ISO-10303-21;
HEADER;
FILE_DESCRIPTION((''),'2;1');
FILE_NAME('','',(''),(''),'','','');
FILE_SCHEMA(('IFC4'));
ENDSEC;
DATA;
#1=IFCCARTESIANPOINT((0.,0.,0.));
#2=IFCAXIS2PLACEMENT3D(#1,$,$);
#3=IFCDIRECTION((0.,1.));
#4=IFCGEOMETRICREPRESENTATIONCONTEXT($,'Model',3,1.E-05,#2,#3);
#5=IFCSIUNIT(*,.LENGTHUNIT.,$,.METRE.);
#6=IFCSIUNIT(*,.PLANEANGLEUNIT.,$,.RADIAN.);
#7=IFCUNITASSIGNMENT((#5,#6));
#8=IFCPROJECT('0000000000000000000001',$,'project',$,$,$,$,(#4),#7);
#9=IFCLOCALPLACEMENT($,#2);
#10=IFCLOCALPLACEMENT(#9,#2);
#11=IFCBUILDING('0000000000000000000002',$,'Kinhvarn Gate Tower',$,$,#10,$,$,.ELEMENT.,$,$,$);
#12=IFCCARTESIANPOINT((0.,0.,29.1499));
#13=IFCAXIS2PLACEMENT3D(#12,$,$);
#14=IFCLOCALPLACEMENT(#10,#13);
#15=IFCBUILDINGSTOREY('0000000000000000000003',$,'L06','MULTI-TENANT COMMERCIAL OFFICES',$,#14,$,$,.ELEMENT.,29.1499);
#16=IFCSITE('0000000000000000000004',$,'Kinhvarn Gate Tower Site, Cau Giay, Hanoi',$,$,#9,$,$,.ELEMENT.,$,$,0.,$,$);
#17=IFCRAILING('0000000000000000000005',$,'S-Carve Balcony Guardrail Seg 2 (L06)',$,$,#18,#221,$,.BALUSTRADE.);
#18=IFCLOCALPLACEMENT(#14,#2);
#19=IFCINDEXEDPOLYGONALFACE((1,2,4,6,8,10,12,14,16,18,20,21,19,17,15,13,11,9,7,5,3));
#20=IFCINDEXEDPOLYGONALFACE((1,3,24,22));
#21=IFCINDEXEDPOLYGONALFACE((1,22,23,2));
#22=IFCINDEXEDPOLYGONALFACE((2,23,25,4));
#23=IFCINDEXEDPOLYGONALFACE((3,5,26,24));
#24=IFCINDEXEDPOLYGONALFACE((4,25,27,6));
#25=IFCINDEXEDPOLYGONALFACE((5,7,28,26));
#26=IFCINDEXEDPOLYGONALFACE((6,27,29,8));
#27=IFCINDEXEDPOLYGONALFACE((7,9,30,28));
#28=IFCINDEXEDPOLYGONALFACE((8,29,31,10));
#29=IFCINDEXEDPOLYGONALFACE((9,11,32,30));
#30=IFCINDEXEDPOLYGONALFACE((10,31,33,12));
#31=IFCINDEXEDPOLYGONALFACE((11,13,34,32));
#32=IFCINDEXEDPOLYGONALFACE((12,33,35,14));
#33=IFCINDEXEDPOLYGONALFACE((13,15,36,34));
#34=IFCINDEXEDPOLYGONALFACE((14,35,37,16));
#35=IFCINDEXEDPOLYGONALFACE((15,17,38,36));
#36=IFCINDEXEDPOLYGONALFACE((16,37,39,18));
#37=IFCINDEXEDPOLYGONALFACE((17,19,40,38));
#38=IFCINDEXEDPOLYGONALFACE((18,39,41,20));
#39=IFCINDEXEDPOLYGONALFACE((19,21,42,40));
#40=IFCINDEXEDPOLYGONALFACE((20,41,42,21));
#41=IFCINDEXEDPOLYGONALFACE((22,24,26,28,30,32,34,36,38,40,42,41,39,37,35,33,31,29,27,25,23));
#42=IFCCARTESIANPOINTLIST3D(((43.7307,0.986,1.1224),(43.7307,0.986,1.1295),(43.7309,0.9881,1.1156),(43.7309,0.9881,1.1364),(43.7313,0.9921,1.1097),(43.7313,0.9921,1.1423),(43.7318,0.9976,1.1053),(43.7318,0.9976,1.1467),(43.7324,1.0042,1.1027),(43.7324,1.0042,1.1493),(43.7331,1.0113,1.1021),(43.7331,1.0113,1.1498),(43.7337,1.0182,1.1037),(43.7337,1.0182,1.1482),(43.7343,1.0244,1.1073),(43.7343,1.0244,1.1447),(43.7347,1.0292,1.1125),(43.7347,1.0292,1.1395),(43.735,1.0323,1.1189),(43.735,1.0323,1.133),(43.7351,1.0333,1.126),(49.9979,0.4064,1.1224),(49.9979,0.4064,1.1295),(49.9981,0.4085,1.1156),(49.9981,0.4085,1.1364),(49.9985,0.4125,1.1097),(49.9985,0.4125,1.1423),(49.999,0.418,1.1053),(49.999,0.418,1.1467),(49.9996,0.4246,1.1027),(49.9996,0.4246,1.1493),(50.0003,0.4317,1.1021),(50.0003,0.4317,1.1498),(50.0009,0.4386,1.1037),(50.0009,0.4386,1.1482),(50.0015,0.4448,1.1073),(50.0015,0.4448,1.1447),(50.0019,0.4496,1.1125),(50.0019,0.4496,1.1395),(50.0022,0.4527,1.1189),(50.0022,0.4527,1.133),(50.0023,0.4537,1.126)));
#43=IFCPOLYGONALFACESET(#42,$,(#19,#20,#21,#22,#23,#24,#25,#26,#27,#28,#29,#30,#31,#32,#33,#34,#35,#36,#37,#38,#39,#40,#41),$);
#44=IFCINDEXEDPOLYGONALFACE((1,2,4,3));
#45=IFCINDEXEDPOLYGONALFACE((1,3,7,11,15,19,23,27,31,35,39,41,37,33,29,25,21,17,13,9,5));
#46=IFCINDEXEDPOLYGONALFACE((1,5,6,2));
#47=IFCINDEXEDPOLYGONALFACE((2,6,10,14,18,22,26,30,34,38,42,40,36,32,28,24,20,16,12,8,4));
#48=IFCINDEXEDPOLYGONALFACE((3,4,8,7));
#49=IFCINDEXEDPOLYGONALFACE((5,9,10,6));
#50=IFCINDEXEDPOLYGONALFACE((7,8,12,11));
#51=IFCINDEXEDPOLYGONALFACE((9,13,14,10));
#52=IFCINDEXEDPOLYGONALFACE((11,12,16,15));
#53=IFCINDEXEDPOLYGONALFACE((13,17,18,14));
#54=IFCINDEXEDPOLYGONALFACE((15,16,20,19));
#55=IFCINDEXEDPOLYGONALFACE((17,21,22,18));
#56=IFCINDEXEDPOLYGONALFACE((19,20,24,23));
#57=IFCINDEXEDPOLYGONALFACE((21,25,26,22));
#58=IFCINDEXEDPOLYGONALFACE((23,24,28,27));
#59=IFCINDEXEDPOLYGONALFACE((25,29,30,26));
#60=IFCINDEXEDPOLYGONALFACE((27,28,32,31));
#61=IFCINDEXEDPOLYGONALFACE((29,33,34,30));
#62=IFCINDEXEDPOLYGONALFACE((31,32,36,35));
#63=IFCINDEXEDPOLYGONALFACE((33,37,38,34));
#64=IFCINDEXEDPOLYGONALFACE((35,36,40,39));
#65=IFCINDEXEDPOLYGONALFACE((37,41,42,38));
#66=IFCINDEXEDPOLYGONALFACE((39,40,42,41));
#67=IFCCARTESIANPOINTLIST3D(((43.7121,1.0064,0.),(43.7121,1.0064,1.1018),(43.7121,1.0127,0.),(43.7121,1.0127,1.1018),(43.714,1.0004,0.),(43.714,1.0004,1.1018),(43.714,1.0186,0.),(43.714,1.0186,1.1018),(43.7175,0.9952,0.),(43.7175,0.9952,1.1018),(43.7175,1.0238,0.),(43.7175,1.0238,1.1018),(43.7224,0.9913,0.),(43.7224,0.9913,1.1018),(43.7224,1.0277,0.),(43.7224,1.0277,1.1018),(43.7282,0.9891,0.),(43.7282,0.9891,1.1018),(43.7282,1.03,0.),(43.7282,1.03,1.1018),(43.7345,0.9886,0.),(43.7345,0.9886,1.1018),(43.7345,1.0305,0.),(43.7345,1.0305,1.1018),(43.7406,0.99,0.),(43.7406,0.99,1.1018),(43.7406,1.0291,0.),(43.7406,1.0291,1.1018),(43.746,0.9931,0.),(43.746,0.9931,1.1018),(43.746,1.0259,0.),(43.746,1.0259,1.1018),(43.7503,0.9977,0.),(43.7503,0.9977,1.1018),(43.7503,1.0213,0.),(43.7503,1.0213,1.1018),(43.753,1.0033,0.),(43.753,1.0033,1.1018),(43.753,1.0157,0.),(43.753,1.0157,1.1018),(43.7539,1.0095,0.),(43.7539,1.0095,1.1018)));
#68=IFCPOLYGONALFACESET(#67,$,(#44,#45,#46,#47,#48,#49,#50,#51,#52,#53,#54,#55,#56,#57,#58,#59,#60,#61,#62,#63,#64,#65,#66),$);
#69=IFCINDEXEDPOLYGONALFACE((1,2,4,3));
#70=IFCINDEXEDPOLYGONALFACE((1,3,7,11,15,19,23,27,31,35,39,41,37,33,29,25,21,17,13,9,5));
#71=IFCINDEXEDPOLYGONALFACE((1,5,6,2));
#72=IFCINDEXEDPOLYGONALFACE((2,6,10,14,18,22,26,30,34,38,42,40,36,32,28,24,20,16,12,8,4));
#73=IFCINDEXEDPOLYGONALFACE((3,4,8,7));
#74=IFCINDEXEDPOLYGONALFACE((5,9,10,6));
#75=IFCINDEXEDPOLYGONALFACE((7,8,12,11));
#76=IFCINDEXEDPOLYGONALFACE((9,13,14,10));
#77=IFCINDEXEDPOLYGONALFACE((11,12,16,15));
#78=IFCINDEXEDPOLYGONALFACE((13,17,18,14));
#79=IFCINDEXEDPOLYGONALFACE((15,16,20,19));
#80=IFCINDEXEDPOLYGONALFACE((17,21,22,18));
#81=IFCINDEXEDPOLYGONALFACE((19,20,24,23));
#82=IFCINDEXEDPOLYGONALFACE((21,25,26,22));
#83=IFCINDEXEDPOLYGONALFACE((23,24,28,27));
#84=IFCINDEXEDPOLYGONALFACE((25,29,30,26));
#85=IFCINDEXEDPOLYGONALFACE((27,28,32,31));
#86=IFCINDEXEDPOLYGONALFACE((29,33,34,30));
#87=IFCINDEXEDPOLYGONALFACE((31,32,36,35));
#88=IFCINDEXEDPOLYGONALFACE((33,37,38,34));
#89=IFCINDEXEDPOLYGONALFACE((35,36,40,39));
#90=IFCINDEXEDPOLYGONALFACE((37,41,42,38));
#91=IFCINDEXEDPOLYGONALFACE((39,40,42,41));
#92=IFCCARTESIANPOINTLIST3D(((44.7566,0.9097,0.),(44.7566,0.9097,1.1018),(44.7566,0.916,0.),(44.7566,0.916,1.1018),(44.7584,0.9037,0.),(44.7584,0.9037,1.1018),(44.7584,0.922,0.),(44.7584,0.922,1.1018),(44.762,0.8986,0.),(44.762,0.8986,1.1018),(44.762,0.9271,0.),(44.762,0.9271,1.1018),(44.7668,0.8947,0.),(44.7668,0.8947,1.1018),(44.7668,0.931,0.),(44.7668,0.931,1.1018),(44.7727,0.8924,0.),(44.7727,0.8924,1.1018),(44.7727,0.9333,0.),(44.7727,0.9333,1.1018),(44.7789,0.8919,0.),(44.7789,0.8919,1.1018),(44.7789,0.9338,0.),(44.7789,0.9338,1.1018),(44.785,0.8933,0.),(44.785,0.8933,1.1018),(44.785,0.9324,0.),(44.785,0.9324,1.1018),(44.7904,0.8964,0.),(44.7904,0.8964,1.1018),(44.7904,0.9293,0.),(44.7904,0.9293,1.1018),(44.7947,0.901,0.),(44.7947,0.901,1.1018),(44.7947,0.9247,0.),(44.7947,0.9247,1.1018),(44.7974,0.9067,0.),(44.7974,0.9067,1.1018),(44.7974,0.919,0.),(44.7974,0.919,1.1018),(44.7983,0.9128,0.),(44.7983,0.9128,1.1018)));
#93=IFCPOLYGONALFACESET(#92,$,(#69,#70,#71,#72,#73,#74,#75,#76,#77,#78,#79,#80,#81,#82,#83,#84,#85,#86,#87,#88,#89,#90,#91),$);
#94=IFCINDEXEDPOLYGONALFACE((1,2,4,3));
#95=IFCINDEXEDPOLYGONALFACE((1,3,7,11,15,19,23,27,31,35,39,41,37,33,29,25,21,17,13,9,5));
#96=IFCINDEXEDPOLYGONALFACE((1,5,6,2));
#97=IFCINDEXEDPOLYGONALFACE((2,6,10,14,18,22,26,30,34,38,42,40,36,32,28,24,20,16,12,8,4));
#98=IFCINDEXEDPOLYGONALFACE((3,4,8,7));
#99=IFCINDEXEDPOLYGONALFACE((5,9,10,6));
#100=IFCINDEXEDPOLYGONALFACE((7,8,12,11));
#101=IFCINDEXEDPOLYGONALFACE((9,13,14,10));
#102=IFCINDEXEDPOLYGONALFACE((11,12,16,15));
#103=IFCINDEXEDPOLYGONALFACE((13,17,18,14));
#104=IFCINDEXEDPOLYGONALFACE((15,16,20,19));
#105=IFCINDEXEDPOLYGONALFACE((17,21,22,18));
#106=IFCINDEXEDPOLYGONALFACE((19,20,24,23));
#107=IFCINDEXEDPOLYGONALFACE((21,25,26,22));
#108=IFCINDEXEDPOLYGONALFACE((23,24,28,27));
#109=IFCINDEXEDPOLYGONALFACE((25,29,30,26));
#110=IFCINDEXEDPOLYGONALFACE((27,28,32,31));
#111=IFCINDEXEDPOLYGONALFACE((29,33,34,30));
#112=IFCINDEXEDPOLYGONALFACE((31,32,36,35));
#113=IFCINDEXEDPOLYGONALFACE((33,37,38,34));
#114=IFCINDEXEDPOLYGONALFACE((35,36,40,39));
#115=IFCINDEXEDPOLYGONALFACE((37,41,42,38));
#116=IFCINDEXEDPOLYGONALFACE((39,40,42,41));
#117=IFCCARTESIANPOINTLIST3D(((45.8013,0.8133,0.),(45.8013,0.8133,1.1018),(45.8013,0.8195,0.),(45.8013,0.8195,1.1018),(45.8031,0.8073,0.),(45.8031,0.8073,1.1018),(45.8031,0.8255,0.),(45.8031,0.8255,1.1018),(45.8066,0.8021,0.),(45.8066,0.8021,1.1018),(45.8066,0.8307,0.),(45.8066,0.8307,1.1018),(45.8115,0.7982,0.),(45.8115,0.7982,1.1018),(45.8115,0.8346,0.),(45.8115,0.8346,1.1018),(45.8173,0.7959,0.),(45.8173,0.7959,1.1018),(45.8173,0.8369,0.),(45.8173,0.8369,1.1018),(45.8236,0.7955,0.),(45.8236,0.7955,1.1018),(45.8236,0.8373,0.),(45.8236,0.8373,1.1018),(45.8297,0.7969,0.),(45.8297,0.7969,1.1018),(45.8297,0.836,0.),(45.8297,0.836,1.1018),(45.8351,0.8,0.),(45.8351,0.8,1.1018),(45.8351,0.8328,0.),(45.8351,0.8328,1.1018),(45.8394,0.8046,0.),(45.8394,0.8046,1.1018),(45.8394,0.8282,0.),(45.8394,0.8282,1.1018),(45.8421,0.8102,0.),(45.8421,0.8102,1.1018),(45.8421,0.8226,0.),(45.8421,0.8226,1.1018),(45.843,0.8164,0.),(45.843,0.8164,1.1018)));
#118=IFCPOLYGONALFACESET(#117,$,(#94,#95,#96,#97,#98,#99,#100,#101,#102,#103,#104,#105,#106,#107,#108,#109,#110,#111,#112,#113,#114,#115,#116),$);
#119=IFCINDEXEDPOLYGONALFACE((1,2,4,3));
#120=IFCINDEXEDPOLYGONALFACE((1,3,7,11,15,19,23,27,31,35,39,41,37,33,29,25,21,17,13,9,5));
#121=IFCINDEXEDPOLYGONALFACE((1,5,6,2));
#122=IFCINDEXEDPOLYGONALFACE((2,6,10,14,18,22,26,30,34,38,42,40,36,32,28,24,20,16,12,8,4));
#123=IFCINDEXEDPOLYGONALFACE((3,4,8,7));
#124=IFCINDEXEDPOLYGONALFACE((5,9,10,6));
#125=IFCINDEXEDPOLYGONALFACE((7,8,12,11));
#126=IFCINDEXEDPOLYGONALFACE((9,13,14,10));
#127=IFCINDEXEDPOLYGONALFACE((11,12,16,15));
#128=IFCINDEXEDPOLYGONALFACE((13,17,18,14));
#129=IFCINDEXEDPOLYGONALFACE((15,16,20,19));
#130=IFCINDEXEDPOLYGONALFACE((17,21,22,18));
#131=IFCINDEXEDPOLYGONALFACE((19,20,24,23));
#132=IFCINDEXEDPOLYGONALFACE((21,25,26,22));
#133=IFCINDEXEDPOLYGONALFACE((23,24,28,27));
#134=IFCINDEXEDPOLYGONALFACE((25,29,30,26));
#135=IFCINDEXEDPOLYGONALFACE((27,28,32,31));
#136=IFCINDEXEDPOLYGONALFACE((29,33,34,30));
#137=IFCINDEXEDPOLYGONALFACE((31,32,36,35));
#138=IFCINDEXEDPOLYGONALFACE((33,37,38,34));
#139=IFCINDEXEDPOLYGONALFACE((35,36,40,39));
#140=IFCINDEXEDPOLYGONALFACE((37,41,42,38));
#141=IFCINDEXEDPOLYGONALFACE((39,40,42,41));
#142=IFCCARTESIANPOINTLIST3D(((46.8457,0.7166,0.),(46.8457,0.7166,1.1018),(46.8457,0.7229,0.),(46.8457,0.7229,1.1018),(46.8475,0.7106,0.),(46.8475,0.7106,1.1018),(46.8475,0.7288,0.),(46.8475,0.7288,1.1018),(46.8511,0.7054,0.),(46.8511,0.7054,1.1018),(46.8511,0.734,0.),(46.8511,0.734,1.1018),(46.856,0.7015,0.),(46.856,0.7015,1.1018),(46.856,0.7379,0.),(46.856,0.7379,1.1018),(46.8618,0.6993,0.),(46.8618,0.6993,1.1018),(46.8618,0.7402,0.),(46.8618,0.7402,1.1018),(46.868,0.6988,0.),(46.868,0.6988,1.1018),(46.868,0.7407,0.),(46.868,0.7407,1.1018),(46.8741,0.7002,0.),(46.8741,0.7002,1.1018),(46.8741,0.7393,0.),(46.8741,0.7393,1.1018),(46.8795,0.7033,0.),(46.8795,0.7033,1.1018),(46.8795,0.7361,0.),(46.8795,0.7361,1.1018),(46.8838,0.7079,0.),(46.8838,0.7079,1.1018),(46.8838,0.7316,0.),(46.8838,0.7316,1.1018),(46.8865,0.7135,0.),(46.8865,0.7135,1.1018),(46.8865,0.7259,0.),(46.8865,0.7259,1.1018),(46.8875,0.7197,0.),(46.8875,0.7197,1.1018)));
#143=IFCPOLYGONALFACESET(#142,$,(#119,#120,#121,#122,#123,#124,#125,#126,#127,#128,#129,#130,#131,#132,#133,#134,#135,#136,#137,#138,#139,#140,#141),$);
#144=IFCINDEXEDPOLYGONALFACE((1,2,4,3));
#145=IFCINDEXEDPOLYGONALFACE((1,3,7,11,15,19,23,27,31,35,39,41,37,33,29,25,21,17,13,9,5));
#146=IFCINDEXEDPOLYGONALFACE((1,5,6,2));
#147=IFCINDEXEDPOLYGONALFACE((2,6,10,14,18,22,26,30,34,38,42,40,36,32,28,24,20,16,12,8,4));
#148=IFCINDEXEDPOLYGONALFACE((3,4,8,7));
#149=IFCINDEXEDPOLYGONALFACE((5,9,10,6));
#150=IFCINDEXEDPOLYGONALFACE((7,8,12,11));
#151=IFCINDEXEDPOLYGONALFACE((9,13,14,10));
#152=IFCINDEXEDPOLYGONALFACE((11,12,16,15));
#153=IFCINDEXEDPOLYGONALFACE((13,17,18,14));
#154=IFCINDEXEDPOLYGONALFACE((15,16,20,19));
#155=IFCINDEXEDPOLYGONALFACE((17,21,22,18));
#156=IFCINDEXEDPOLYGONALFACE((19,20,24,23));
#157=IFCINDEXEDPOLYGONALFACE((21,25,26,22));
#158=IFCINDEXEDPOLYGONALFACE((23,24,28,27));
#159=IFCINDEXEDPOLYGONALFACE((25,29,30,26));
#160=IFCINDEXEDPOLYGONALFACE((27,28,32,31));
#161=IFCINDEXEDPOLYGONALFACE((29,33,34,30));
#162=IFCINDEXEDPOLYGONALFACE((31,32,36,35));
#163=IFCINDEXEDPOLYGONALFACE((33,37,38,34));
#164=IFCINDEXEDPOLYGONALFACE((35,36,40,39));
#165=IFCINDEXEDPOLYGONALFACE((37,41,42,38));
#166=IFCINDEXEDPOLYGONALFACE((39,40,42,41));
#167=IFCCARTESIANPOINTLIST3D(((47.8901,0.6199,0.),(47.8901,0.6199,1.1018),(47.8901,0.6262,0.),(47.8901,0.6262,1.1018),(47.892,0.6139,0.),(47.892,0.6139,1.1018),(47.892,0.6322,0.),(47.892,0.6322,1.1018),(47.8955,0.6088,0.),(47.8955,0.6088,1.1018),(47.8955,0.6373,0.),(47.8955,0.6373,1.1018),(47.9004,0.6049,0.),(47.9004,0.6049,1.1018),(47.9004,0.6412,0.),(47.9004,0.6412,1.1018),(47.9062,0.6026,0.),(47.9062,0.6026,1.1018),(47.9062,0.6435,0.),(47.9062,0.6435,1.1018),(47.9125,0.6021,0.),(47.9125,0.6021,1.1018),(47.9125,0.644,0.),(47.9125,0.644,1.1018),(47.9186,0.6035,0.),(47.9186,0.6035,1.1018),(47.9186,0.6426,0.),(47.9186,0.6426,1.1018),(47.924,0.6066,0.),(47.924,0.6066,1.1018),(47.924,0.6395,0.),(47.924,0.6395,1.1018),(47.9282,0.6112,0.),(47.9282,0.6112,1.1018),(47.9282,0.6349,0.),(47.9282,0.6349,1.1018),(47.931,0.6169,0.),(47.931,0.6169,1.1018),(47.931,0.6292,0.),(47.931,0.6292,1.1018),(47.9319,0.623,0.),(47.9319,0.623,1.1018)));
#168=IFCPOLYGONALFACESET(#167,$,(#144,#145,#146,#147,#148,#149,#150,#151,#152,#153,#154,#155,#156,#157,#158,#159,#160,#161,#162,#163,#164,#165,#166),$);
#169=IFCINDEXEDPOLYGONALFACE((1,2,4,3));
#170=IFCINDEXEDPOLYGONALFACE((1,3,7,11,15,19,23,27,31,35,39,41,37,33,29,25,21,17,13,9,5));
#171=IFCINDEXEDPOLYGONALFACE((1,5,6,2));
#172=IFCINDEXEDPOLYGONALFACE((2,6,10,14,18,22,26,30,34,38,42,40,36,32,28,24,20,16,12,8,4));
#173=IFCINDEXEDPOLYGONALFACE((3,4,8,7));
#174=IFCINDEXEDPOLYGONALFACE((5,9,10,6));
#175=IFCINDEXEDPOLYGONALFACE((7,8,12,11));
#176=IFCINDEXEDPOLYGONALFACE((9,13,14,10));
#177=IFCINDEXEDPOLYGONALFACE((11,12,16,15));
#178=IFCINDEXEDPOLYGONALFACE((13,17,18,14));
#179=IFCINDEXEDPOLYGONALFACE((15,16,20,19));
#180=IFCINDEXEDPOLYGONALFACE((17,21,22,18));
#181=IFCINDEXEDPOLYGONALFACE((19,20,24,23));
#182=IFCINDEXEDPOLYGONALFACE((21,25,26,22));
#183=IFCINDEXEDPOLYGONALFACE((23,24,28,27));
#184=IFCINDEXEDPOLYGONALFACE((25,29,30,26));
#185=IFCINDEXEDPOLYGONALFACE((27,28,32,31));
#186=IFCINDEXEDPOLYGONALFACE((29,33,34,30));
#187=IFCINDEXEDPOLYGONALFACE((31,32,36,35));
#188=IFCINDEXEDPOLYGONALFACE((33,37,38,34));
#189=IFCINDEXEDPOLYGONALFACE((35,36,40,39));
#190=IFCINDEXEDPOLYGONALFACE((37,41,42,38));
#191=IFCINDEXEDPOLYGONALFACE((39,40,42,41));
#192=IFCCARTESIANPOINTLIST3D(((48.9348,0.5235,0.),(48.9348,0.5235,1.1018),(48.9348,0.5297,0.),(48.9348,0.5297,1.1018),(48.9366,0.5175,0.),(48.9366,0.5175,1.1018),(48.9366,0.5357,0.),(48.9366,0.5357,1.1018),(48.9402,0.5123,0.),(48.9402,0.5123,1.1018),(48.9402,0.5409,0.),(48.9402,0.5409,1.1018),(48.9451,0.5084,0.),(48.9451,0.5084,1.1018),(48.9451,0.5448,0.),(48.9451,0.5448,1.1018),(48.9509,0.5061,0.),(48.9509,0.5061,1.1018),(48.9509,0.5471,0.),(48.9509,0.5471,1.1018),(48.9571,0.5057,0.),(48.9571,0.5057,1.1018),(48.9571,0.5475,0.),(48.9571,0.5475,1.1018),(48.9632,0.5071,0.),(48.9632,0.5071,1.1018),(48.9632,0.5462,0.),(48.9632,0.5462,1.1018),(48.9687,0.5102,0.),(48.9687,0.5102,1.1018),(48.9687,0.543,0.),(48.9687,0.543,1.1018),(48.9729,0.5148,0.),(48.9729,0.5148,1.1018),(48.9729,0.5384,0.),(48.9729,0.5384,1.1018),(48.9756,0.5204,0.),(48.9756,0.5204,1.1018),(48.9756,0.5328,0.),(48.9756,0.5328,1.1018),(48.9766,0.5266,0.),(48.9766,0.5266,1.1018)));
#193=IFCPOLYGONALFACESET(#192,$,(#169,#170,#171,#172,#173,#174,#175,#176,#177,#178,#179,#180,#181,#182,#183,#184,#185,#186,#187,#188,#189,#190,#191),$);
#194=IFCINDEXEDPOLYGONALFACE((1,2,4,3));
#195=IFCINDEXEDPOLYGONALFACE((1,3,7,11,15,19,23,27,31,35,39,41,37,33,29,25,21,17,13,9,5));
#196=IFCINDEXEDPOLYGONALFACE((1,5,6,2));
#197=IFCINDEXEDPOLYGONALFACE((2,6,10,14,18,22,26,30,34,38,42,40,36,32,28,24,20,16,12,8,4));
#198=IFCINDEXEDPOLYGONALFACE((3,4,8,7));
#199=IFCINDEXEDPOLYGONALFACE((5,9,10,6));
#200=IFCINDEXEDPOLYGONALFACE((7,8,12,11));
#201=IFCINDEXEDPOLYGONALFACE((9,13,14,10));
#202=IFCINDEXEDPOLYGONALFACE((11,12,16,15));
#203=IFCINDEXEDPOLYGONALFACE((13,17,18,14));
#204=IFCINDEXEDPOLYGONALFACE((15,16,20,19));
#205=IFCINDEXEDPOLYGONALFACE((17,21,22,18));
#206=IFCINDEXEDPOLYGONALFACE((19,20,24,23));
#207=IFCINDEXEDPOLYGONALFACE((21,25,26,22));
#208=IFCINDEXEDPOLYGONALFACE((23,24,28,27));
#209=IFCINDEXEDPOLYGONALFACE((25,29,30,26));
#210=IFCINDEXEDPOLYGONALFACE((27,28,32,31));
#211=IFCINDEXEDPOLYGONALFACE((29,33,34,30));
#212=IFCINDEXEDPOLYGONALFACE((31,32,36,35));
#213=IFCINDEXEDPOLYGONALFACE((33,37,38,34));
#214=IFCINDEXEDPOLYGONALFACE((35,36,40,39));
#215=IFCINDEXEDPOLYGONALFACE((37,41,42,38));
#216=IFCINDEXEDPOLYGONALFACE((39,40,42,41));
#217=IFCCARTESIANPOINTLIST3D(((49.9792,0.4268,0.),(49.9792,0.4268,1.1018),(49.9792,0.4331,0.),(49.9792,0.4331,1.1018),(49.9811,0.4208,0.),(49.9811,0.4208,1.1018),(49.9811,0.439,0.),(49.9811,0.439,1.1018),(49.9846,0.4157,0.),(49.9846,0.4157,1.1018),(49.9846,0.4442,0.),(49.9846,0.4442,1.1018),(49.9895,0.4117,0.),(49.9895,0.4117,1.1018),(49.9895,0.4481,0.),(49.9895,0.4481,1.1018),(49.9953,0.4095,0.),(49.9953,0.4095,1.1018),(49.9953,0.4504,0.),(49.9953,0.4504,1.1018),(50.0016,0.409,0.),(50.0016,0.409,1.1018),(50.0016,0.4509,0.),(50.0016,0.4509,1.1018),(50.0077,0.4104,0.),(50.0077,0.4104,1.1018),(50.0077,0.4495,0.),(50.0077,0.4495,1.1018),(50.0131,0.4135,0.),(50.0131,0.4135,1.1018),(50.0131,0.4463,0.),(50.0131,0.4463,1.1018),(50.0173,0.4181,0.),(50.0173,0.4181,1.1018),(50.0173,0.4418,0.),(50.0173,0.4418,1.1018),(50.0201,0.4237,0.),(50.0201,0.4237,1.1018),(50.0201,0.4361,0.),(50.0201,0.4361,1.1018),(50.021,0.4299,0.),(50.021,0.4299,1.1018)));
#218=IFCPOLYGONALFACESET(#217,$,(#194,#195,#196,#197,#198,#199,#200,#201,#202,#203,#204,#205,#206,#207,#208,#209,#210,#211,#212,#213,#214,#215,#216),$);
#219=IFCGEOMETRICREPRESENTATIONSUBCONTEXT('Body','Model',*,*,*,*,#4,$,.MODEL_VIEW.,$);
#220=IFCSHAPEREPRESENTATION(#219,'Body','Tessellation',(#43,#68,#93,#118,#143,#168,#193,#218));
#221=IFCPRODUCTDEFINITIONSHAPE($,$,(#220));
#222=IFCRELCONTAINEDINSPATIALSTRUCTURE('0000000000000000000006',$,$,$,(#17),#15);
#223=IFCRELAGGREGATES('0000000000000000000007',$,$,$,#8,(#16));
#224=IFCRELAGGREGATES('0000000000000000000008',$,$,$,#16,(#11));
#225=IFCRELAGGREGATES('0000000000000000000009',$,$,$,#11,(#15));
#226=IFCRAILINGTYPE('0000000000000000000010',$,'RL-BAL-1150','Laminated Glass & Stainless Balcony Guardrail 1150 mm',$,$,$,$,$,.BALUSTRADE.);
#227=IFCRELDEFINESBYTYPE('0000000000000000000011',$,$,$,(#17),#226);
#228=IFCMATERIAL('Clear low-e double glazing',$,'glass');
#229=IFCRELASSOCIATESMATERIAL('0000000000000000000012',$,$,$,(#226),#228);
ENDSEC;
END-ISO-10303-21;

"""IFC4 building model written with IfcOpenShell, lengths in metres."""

from ifc_helpers import new_model, si_unit, direction, frame, origin, origin_2d, place, context, subcontext, project, spatial, circle, extrude, material, type_object, element, save


model = new_model("IFC4")

# Units and contexts
model_context = context("Model", 3, precision=1e-05, world=origin(), true_north=direction((0.0, 1.0)))
body_context = subcontext(model_context, "Body", "Model", "MODEL_VIEW")
ifc_project = project(units=[si_unit("LENGTHUNIT", "METRE"), si_unit("PLANEANGLEUNIT", "RADIAN")], contexts=[model_context])

# Site, building, storey
site_placement = place(None, origin())
site = spatial("IfcSite", under=ifc_project, at=site_placement, Name="Kinhvarn Gate Tower Site, Cau Giay, Hanoi", CompositionType="ELEMENT", RefElevation=0.0)
building_placement = place(site_placement, origin())
building = spatial("IfcBuilding", under=site, at=building_placement, Name="Kinhvarn Gate Tower", CompositionType="ELEMENT")
storey_placement = place(building_placement, frame((0.0, 0.0, 29.1499)))
storey = spatial("IfcBuildingStorey", under=building, at=storey_placement, Name="L06", Description="MULTI-TENANT COMMERCIAL OFFICES", CompositionType="ELEMENT", Elevation=29.1499)

# Shared definitions
ifc_material_1 = material(Name="Clear low-e double glazing", Category="glass")

# Railing
railing_type = type_object("IfcRailingType", Name="RL-BAL-1150", Description="Laminated Glass & Stainless Balcony Guardrail 1150 mm", PredefinedType="BALUSTRADE", material=ifc_material_1)
railing_1_placement = place(storey_placement, frame((43.7329, 1.0095, 0.0)))
element("IfcRailing", 1, at=railing_1_placement, inside=storey, type_object=railing_type, Name="S-Carve Balcony Guardrail Seg 2 (L06)", PredefinedType="BALUSTRADE", context=body_context, shape_type="SweptSolid", body=[
    extrude(circle(Radius=0.0239, at=origin_2d()), frame((0.0, 0.0, 1.126), z_axis=(0.995751, -0.092089, 0.0), x_axis=(0.092089, 0.995751, 0.0)), (0.0, 0.0, 1.0), 6.2939),
    extrude(circle(Radius=0.021, at=origin_2d()), origin(), (0.0, 0.0, 1.0), 1.1018),
    extrude(circle(Radius=0.021, at=origin_2d()), frame((1.0444, -0.0967, 0.0)), (0.0, 0.0, 1.0), 1.1018),
    extrude(circle(Radius=0.021, at=origin_2d()), frame((2.0891, -0.1931, 0.0)), (0.0, 0.0, 1.0), 1.1018),
    extrude(circle(Radius=0.021, at=origin_2d()), frame((3.1335, -0.2898, 0.0)), (0.0, 0.0, 1.0), 1.1018),
    extrude(circle(Radius=0.021, at=origin_2d()), frame((4.178, -0.3865, 0.0)), (0.0, 0.0, 1.0), 1.1018),
    extrude(circle(Radius=0.021, at=origin_2d()), frame((5.2227, -0.4829, 0.0)), (0.0, 0.0, 1.0), 1.1018),
    extrude(circle(Radius=0.021, at=origin_2d()), frame((6.2671, -0.5796, 0.0)), (0.0, 0.0, 1.0), 1.1018),
])

save(model, "model.ifc")
